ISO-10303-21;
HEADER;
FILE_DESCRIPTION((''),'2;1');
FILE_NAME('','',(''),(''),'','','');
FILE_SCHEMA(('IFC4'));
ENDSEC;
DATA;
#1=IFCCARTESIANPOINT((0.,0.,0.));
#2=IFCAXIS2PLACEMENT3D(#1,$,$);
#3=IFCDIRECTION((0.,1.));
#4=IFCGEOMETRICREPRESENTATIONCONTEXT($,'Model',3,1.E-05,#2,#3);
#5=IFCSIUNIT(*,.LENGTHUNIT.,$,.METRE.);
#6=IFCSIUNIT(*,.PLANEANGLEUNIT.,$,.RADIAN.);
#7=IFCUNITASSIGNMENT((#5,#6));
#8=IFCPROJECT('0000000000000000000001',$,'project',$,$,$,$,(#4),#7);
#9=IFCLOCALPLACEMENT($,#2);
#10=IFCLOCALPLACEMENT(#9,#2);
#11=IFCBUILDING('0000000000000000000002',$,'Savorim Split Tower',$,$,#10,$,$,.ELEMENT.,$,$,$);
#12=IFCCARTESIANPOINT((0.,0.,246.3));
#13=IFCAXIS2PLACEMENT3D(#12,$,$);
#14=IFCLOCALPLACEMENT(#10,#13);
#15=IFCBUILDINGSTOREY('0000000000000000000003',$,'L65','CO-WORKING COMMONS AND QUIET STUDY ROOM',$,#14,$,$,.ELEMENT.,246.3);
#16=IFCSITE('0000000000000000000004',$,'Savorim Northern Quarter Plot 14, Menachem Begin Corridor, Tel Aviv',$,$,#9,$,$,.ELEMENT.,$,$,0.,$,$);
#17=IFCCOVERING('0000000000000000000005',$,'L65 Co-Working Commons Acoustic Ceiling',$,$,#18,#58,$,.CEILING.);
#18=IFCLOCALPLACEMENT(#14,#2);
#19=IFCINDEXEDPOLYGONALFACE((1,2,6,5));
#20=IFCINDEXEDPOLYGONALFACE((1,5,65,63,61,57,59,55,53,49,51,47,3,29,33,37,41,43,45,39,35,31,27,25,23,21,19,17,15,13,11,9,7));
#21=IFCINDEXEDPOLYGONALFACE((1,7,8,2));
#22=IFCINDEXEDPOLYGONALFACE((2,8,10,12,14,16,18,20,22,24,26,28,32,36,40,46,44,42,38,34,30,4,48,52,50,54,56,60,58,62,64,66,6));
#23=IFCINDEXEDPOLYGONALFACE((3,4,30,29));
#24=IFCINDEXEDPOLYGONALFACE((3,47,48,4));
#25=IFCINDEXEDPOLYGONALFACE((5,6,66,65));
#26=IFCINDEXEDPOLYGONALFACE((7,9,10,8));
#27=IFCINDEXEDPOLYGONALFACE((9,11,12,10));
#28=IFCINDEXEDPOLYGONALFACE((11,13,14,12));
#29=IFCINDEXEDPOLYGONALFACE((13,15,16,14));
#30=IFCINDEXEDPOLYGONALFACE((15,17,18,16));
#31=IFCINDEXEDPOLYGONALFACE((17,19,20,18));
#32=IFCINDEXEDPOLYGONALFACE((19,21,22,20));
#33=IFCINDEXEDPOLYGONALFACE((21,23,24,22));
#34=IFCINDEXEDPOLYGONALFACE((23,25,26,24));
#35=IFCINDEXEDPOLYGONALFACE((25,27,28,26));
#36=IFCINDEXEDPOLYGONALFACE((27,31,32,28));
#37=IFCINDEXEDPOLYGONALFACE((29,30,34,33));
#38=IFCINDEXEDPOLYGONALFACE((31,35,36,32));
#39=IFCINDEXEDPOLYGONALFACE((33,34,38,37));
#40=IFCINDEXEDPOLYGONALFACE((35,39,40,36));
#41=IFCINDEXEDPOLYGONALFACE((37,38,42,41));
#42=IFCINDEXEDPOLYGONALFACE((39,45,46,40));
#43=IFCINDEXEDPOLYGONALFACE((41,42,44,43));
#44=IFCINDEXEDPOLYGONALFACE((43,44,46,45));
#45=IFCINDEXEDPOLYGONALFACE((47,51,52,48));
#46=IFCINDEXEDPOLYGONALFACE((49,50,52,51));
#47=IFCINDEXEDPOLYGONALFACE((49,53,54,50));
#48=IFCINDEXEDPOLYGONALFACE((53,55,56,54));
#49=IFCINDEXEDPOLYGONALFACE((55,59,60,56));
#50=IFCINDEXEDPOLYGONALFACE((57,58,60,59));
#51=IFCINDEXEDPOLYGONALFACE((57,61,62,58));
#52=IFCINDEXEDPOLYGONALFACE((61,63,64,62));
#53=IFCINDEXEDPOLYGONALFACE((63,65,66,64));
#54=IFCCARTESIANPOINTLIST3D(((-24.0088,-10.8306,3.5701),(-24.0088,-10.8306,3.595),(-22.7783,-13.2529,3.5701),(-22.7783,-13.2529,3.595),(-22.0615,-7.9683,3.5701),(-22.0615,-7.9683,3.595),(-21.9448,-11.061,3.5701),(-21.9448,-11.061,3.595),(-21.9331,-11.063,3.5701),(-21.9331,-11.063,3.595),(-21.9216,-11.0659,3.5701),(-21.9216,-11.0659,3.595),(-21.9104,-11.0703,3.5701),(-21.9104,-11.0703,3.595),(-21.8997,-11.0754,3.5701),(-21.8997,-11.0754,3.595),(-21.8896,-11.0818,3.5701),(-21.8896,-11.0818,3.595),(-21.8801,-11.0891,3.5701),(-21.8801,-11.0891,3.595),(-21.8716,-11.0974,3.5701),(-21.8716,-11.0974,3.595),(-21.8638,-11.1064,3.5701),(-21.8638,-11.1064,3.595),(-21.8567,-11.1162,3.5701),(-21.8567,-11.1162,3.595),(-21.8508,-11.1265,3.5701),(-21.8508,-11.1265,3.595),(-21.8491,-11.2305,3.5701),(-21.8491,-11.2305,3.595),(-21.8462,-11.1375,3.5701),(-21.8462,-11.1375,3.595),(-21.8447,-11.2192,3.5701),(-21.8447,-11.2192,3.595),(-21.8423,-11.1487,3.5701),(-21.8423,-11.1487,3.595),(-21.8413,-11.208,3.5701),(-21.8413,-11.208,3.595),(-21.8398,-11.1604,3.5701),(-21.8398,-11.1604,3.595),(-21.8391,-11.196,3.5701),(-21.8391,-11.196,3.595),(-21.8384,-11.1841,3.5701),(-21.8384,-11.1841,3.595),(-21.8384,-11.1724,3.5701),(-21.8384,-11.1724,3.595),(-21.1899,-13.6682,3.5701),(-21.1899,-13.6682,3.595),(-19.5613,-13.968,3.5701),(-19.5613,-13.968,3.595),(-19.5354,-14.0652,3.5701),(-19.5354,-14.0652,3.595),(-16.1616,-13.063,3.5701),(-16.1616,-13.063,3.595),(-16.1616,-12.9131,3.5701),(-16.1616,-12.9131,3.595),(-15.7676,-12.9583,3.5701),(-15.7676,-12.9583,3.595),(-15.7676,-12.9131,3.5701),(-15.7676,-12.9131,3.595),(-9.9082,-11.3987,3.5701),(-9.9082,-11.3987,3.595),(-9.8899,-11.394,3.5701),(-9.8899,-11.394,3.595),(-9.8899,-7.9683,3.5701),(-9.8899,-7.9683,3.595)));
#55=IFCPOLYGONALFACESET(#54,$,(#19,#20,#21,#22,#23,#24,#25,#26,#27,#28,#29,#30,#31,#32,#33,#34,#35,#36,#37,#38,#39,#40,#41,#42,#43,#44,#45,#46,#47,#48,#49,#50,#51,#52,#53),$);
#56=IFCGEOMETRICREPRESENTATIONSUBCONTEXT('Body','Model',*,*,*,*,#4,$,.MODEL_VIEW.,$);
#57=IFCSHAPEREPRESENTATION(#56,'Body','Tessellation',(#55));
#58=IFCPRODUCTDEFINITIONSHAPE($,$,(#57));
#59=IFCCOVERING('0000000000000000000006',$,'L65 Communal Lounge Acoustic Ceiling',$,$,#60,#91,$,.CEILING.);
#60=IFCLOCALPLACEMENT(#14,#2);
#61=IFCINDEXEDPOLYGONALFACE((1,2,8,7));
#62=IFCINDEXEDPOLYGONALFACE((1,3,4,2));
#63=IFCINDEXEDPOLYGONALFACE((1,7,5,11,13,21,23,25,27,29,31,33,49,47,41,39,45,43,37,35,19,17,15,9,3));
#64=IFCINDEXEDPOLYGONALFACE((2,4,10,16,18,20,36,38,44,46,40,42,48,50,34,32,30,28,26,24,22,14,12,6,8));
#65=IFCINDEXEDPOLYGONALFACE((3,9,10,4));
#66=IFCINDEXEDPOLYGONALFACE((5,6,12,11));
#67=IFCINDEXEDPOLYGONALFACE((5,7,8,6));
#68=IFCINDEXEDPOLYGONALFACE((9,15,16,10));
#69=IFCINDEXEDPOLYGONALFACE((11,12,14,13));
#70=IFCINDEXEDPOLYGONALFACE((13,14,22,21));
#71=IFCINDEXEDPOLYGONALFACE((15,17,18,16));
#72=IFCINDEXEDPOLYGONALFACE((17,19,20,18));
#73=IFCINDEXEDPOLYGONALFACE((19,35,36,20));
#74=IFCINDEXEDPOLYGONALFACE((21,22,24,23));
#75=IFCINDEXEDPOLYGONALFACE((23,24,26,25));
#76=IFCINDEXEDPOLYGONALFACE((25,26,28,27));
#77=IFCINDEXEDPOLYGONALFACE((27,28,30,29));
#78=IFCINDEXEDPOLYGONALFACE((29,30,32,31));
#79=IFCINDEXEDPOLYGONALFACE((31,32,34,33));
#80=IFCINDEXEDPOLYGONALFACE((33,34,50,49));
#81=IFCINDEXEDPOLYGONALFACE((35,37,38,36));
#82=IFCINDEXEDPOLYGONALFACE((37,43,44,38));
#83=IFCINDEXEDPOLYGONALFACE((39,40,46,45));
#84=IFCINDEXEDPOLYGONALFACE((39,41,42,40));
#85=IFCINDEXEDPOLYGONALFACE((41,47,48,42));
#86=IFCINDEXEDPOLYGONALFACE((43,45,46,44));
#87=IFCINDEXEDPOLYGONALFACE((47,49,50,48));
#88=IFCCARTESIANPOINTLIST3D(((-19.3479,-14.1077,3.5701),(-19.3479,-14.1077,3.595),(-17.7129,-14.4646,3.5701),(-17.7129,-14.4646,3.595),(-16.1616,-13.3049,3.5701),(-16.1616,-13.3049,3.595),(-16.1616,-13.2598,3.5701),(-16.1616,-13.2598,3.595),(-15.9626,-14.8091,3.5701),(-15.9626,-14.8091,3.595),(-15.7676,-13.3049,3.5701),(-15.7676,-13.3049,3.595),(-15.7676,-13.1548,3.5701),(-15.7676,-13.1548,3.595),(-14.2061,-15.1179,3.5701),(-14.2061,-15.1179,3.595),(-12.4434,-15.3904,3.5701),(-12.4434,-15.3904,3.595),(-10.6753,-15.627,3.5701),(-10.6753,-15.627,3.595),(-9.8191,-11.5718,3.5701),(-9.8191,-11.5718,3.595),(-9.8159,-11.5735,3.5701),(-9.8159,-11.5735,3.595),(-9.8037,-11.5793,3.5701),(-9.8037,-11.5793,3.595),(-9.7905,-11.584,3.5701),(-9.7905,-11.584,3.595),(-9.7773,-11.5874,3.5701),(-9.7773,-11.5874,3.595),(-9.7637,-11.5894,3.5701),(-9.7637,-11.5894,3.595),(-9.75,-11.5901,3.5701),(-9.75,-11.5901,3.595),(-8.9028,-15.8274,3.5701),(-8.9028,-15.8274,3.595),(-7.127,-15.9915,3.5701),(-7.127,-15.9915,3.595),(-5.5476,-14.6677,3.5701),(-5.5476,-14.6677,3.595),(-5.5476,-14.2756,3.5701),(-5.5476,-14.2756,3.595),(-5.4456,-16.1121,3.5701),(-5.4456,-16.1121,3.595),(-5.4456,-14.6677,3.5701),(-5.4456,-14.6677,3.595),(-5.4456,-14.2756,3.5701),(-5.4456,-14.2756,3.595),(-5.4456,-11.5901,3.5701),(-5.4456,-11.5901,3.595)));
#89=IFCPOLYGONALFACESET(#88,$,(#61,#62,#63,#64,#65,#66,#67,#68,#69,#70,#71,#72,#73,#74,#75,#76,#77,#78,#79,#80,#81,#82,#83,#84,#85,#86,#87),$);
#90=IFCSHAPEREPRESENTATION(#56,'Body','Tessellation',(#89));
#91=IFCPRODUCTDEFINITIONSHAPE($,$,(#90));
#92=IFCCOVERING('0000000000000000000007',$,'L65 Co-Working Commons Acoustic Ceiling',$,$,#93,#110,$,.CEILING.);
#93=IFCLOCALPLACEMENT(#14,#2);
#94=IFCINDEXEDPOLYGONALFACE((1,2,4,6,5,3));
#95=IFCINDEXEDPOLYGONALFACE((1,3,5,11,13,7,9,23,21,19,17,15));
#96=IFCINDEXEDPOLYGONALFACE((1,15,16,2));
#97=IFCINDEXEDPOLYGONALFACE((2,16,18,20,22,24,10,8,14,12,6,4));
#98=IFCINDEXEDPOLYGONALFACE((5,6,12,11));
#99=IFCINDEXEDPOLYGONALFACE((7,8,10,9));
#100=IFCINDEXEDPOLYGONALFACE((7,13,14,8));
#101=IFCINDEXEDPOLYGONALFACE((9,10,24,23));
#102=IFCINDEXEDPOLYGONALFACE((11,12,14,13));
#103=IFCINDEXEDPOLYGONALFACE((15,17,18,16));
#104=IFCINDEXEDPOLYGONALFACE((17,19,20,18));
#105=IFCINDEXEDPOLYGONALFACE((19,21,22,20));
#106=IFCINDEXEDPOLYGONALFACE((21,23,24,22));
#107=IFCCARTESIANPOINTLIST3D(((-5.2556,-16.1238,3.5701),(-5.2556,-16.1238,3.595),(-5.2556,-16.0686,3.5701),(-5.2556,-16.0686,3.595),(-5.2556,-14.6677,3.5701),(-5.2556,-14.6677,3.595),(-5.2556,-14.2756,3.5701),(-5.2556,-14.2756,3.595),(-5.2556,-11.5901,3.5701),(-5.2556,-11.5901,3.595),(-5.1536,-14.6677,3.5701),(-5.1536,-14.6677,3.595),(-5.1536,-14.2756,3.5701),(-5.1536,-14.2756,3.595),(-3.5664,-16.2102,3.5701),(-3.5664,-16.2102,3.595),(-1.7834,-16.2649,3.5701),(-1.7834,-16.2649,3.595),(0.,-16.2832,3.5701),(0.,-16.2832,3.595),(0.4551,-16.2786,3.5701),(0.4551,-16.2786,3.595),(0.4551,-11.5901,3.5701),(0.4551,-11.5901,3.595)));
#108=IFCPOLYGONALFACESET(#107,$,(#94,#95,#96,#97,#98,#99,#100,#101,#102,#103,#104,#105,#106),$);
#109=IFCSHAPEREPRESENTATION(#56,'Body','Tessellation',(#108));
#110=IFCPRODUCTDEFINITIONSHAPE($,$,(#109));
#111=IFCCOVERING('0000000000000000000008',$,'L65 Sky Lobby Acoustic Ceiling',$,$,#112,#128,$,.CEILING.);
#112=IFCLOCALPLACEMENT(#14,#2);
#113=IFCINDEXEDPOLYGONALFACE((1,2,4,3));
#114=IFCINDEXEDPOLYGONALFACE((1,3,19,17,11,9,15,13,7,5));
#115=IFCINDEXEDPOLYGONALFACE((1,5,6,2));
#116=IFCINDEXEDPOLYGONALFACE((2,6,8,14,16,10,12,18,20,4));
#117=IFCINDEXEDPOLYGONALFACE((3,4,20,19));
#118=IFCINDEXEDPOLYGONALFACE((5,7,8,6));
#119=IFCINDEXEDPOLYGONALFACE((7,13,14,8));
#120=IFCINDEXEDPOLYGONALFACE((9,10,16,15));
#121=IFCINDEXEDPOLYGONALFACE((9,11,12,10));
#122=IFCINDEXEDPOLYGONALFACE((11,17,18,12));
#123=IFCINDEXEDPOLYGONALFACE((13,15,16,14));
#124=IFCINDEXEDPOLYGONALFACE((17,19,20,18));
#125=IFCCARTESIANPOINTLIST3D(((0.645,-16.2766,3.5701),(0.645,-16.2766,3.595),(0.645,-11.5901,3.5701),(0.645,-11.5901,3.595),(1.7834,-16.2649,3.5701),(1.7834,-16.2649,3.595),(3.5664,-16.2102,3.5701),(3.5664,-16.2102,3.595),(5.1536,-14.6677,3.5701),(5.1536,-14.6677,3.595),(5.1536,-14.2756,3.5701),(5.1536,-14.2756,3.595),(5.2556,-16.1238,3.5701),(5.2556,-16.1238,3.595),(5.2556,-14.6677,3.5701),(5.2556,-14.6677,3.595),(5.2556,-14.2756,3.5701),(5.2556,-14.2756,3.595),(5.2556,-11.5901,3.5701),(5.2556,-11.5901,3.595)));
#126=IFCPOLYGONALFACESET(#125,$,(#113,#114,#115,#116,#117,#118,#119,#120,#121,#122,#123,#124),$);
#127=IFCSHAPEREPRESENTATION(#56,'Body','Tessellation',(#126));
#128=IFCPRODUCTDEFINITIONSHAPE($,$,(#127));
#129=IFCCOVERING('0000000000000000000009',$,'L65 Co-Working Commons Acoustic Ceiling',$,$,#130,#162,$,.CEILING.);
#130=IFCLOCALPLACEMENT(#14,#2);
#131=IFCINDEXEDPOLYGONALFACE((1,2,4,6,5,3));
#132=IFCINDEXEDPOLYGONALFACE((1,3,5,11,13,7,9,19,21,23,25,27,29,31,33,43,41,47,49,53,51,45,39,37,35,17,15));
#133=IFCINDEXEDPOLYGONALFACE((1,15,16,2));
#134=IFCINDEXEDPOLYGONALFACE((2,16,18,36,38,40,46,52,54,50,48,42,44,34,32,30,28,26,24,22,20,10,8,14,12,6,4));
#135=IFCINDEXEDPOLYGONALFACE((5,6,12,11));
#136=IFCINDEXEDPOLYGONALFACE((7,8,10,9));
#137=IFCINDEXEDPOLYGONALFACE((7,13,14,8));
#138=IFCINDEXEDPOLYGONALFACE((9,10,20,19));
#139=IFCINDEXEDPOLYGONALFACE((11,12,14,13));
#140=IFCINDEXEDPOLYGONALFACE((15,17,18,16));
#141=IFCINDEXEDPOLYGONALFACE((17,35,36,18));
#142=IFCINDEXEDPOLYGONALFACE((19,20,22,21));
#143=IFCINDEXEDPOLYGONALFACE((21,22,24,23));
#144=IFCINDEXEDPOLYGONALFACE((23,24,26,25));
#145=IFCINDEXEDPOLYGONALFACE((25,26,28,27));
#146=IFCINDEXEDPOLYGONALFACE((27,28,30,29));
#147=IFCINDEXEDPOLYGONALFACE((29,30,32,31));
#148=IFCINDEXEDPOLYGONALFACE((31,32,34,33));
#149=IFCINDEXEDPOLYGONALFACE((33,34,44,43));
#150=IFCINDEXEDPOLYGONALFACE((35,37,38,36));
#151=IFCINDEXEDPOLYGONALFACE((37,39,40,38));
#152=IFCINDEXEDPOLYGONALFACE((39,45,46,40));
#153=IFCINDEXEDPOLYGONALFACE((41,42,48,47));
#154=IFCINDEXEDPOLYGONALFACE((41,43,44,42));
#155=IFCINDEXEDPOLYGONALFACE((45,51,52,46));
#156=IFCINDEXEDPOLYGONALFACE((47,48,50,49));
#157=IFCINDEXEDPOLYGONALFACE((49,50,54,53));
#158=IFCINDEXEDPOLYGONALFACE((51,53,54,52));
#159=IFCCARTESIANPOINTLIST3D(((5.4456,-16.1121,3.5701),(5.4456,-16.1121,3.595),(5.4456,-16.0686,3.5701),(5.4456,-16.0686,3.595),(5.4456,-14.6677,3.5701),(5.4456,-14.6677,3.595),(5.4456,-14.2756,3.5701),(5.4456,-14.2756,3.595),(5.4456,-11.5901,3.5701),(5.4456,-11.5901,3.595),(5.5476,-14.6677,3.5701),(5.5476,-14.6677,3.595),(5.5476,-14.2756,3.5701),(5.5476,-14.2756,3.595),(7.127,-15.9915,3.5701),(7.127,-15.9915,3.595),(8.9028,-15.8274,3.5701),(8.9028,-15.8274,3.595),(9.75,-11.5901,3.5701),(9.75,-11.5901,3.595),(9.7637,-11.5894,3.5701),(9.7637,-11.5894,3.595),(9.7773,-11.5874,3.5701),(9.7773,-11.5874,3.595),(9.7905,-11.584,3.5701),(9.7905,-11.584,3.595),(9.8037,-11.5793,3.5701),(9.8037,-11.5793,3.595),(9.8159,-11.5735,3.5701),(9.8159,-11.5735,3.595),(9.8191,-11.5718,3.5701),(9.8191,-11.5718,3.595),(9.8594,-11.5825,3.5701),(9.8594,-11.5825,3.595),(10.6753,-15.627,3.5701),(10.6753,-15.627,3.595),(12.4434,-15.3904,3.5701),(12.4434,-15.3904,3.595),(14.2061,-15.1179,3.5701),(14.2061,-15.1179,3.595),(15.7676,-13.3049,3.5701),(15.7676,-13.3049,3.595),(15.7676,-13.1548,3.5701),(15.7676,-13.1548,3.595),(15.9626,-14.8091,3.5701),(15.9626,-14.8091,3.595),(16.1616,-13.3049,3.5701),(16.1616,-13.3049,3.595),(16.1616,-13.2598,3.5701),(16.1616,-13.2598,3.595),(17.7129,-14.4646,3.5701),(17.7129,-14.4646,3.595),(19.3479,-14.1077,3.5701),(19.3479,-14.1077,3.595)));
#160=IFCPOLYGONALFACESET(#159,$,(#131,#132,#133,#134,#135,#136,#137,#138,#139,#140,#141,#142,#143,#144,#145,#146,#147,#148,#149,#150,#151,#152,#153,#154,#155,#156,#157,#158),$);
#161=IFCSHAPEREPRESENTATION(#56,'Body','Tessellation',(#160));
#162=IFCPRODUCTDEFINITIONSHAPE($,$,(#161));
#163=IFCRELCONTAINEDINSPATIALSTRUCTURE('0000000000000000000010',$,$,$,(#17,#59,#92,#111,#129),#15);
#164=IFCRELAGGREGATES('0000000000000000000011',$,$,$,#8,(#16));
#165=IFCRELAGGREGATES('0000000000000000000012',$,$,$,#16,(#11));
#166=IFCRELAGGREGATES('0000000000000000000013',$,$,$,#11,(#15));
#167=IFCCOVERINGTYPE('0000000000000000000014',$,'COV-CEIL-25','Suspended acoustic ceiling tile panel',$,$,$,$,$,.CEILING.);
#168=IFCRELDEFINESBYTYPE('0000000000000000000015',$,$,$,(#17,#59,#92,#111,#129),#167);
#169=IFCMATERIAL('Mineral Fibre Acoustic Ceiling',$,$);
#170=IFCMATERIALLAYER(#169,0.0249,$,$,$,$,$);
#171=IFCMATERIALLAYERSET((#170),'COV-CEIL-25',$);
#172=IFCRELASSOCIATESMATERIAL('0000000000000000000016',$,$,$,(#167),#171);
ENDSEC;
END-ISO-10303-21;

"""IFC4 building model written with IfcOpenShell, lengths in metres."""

from ifc_helpers import new_model, si_unit, direction, frame, origin, place, context, subcontext, project, spatial, polyline, outline, extrude, material, layer, layer_set, type_object, element, save


model = new_model("IFC4")

# Units and contexts
model_context = context("Model", 3, precision=1e-05, world=origin(), true_north=direction((0.0, 1.0)))
body_context = subcontext(model_context, "Body", "Model", "MODEL_VIEW")
ifc_project = project(units=[si_unit("LENGTHUNIT", "METRE"), si_unit("PLANEANGLEUNIT", "RADIAN")], contexts=[model_context])

# Site, building, storey
site_placement = place(None, origin())
site = spatial("IfcSite", under=ifc_project, at=site_placement, Name="Savorim Northern Quarter Plot 14, Menachem Begin Corridor, Tel Aviv", CompositionType="ELEMENT", RefElevation=0.0)
building_placement = place(site_placement, origin())
building = spatial("IfcBuilding", under=site, at=building_placement, Name="Savorim Split Tower", CompositionType="ELEMENT")
storey_placement = place(building_placement, frame((0.0, 0.0, 246.3)))
storey = spatial("IfcBuildingStorey", under=building, at=storey_placement, Name="L65", Description="CO-WORKING COMMONS AND QUIET STUDY ROOM", CompositionType="ELEMENT", Elevation=246.3)

# Coverings
ifc_material_1 = material(Name="Mineral Fibre Acoustic Ceiling")
ifc_layer_1 = layer(ifc_material_1, 0.0249)
ifc_layer_set_1 = layer_set([ifc_layer_1], Name="COV-CEIL-25")
covering_type_1 = type_object("IfcCoveringType", Name="COV-CEIL-25", Description="Suspended acoustic ceiling tile panel", PredefinedType="CEILING", material=ifc_layer_set_1)
covering_1_placement = place(storey_placement, frame((0.0, 0.0, 3.5701)))
element("IfcCovering", 1, at=covering_1_placement, inside=storey, type_object=covering_type_1, Name="L65 Co-Working Commons Acoustic Ceiling", PredefinedType="CEILING", context=body_context, shape_type="SweptSolid", body=[
    extrude(outline(polyline([(-21.8384, -11.1841), (-21.8391, -11.196), (-21.8413, -11.208), (-21.8447, -11.2192), (-21.8491, -11.2305), (-22.7783, -13.2529), (-21.1899, -13.6682), (-19.5354, -14.0652), (-19.5613, -13.968), (-16.1616, -13.063), (-16.1616, -12.9131), (-15.7676, -12.9131), (-15.7676, -12.9583), (-9.9082, -11.3987), (-9.8899, -11.394), (-9.8899, -7.9683), (-22.0615, -7.9683), (-24.0088, -10.8306), (-21.9448, -11.061), (-21.9331, -11.063), (-21.9216, -11.0659), (-21.9104, -11.0703), (-21.8997, -11.0754), (-21.8896, -11.0818), (-21.8801, -11.0891), (-21.8716, -11.0974), (-21.8638, -11.1064), (-21.8567, -11.1162), (-21.8508, -11.1265), (-21.8462, -11.1375), (-21.8423, -11.1487), (-21.8398, -11.1604), (-21.8384, -11.1724), (-21.8384, -11.1841)])), origin(), (0.0, 0.0, 1.0), 0.0249),
])
covering_2_placement = place(storey_placement, frame((0.0, 0.0, 3.5701)))
element("IfcCovering", 2, at=covering_2_placement, inside=storey, type_object=covering_type_1, Name="L65 Communal Lounge Acoustic Ceiling", PredefinedType="CEILING", context=body_context, shape_type="SweptSolid", body=[
    extrude(outline(polyline([(-12.4434, -15.3904), (-10.6753, -15.627), (-8.9028, -15.8274), (-7.127, -15.9915), (-5.4456, -16.1121), (-5.4456, -14.6677), (-5.5476, -14.6677), (-5.5476, -14.2756), (-5.4456, -14.2756), (-5.4456, -11.5901), (-9.75, -11.5901), (-9.7637, -11.5894), (-9.7773, -11.5874), (-9.7905, -11.584), (-9.8037, -11.5793), (-9.8159, -11.5735), (-9.8191, -11.5718), (-15.7676, -13.1548), (-15.7676, -13.3049), (-16.1616, -13.3049), (-16.1616, -13.2598), (-19.3479, -14.1077), (-17.7129, -14.4646), (-15.9626, -14.8091), (-14.2061, -15.1179), (-12.4434, -15.3904)])), origin(), (0.0, 0.0, 1.0), 0.0249),
])
covering_3_placement = place(storey_placement, frame((0.0, 0.0, 3.5701)))
element("IfcCovering", 3, at=covering_3_placement, inside=storey, type_object=covering_type_1, Name="L65 Co-Working Commons Acoustic Ceiling", PredefinedType="CEILING", context=body_context, shape_type="SweptSolid", body=[
    extrude(outline(polyline([(-3.5664, -16.2102), (-1.7834, -16.2649), (0.0, -16.2832), (0.4551, -16.2786), (0.4551, -11.5901), (-5.2556, -11.5901), (-5.2556, -14.2756), (-5.1536, -14.2756), (-5.1536, -14.6677), (-5.2556, -14.6677), (-5.2556, -16.0686), (-5.2556, -16.1238), (-3.5664, -16.2102)])), origin(), (0.0, 0.0, 1.0), 0.0249),
])
covering_4_placement = place(storey_placement, frame((0.0, 0.0, 3.5701)))
element("IfcCovering", 4, at=covering_4_placement, inside=storey, type_object=covering_type_1, Name="L65 Sky Lobby Acoustic Ceiling", PredefinedType="CEILING", context=body_context, shape_type="SweptSolid", body=[
    extrude(outline(polyline([(0.645, -11.5901), (0.645, -16.2766), (1.7834, -16.2649), (3.5664, -16.2102), (5.2556, -16.1238), (5.2556, -14.6677), (5.1536, -14.6677), (5.1536, -14.2756), (5.2556, -14.2756), (5.2556, -11.5901), (0.645, -11.5901)])), origin(), (0.0, 0.0, 1.0), 0.0249),
])
covering_5_placement = place(storey_placement, frame((0.0, 0.0, 3.5701)))
element("IfcCovering", 5, at=covering_5_placement, inside=storey, type_object=covering_type_1, Name="L65 Co-Working Commons Acoustic Ceiling", PredefinedType="CEILING", context=body_context, shape_type="SweptSolid", body=[
    extrude(outline(polyline([(12.4434, -15.3904), (14.2061, -15.1179), (15.9626, -14.8091), (17.7129, -14.4646), (19.3479, -14.1077), (16.1616, -13.2598), (16.1616, -13.3049), (15.7676, -13.3049), (15.7676, -13.1548), (9.8594, -11.5825), (9.8191, -11.5718), (9.8159, -11.5735), (9.8037, -11.5793), (9.7905, -11.584), (9.7773, -11.5874), (9.7637, -11.5894), (9.75, -11.5901), (5.4456, -11.5901), (5.4456, -14.2756), (5.5476, -14.2756), (5.5476, -14.6677), (5.4456, -14.6677), (5.4456, -16.0686), (5.4456, -16.1121), (7.127, -15.9915), (8.9028, -15.8274), (10.6753, -15.627), (12.4434, -15.3904)])), origin(), (0.0, 0.0, 1.0), 0.0249),
])

save(model, "model.ifc")
